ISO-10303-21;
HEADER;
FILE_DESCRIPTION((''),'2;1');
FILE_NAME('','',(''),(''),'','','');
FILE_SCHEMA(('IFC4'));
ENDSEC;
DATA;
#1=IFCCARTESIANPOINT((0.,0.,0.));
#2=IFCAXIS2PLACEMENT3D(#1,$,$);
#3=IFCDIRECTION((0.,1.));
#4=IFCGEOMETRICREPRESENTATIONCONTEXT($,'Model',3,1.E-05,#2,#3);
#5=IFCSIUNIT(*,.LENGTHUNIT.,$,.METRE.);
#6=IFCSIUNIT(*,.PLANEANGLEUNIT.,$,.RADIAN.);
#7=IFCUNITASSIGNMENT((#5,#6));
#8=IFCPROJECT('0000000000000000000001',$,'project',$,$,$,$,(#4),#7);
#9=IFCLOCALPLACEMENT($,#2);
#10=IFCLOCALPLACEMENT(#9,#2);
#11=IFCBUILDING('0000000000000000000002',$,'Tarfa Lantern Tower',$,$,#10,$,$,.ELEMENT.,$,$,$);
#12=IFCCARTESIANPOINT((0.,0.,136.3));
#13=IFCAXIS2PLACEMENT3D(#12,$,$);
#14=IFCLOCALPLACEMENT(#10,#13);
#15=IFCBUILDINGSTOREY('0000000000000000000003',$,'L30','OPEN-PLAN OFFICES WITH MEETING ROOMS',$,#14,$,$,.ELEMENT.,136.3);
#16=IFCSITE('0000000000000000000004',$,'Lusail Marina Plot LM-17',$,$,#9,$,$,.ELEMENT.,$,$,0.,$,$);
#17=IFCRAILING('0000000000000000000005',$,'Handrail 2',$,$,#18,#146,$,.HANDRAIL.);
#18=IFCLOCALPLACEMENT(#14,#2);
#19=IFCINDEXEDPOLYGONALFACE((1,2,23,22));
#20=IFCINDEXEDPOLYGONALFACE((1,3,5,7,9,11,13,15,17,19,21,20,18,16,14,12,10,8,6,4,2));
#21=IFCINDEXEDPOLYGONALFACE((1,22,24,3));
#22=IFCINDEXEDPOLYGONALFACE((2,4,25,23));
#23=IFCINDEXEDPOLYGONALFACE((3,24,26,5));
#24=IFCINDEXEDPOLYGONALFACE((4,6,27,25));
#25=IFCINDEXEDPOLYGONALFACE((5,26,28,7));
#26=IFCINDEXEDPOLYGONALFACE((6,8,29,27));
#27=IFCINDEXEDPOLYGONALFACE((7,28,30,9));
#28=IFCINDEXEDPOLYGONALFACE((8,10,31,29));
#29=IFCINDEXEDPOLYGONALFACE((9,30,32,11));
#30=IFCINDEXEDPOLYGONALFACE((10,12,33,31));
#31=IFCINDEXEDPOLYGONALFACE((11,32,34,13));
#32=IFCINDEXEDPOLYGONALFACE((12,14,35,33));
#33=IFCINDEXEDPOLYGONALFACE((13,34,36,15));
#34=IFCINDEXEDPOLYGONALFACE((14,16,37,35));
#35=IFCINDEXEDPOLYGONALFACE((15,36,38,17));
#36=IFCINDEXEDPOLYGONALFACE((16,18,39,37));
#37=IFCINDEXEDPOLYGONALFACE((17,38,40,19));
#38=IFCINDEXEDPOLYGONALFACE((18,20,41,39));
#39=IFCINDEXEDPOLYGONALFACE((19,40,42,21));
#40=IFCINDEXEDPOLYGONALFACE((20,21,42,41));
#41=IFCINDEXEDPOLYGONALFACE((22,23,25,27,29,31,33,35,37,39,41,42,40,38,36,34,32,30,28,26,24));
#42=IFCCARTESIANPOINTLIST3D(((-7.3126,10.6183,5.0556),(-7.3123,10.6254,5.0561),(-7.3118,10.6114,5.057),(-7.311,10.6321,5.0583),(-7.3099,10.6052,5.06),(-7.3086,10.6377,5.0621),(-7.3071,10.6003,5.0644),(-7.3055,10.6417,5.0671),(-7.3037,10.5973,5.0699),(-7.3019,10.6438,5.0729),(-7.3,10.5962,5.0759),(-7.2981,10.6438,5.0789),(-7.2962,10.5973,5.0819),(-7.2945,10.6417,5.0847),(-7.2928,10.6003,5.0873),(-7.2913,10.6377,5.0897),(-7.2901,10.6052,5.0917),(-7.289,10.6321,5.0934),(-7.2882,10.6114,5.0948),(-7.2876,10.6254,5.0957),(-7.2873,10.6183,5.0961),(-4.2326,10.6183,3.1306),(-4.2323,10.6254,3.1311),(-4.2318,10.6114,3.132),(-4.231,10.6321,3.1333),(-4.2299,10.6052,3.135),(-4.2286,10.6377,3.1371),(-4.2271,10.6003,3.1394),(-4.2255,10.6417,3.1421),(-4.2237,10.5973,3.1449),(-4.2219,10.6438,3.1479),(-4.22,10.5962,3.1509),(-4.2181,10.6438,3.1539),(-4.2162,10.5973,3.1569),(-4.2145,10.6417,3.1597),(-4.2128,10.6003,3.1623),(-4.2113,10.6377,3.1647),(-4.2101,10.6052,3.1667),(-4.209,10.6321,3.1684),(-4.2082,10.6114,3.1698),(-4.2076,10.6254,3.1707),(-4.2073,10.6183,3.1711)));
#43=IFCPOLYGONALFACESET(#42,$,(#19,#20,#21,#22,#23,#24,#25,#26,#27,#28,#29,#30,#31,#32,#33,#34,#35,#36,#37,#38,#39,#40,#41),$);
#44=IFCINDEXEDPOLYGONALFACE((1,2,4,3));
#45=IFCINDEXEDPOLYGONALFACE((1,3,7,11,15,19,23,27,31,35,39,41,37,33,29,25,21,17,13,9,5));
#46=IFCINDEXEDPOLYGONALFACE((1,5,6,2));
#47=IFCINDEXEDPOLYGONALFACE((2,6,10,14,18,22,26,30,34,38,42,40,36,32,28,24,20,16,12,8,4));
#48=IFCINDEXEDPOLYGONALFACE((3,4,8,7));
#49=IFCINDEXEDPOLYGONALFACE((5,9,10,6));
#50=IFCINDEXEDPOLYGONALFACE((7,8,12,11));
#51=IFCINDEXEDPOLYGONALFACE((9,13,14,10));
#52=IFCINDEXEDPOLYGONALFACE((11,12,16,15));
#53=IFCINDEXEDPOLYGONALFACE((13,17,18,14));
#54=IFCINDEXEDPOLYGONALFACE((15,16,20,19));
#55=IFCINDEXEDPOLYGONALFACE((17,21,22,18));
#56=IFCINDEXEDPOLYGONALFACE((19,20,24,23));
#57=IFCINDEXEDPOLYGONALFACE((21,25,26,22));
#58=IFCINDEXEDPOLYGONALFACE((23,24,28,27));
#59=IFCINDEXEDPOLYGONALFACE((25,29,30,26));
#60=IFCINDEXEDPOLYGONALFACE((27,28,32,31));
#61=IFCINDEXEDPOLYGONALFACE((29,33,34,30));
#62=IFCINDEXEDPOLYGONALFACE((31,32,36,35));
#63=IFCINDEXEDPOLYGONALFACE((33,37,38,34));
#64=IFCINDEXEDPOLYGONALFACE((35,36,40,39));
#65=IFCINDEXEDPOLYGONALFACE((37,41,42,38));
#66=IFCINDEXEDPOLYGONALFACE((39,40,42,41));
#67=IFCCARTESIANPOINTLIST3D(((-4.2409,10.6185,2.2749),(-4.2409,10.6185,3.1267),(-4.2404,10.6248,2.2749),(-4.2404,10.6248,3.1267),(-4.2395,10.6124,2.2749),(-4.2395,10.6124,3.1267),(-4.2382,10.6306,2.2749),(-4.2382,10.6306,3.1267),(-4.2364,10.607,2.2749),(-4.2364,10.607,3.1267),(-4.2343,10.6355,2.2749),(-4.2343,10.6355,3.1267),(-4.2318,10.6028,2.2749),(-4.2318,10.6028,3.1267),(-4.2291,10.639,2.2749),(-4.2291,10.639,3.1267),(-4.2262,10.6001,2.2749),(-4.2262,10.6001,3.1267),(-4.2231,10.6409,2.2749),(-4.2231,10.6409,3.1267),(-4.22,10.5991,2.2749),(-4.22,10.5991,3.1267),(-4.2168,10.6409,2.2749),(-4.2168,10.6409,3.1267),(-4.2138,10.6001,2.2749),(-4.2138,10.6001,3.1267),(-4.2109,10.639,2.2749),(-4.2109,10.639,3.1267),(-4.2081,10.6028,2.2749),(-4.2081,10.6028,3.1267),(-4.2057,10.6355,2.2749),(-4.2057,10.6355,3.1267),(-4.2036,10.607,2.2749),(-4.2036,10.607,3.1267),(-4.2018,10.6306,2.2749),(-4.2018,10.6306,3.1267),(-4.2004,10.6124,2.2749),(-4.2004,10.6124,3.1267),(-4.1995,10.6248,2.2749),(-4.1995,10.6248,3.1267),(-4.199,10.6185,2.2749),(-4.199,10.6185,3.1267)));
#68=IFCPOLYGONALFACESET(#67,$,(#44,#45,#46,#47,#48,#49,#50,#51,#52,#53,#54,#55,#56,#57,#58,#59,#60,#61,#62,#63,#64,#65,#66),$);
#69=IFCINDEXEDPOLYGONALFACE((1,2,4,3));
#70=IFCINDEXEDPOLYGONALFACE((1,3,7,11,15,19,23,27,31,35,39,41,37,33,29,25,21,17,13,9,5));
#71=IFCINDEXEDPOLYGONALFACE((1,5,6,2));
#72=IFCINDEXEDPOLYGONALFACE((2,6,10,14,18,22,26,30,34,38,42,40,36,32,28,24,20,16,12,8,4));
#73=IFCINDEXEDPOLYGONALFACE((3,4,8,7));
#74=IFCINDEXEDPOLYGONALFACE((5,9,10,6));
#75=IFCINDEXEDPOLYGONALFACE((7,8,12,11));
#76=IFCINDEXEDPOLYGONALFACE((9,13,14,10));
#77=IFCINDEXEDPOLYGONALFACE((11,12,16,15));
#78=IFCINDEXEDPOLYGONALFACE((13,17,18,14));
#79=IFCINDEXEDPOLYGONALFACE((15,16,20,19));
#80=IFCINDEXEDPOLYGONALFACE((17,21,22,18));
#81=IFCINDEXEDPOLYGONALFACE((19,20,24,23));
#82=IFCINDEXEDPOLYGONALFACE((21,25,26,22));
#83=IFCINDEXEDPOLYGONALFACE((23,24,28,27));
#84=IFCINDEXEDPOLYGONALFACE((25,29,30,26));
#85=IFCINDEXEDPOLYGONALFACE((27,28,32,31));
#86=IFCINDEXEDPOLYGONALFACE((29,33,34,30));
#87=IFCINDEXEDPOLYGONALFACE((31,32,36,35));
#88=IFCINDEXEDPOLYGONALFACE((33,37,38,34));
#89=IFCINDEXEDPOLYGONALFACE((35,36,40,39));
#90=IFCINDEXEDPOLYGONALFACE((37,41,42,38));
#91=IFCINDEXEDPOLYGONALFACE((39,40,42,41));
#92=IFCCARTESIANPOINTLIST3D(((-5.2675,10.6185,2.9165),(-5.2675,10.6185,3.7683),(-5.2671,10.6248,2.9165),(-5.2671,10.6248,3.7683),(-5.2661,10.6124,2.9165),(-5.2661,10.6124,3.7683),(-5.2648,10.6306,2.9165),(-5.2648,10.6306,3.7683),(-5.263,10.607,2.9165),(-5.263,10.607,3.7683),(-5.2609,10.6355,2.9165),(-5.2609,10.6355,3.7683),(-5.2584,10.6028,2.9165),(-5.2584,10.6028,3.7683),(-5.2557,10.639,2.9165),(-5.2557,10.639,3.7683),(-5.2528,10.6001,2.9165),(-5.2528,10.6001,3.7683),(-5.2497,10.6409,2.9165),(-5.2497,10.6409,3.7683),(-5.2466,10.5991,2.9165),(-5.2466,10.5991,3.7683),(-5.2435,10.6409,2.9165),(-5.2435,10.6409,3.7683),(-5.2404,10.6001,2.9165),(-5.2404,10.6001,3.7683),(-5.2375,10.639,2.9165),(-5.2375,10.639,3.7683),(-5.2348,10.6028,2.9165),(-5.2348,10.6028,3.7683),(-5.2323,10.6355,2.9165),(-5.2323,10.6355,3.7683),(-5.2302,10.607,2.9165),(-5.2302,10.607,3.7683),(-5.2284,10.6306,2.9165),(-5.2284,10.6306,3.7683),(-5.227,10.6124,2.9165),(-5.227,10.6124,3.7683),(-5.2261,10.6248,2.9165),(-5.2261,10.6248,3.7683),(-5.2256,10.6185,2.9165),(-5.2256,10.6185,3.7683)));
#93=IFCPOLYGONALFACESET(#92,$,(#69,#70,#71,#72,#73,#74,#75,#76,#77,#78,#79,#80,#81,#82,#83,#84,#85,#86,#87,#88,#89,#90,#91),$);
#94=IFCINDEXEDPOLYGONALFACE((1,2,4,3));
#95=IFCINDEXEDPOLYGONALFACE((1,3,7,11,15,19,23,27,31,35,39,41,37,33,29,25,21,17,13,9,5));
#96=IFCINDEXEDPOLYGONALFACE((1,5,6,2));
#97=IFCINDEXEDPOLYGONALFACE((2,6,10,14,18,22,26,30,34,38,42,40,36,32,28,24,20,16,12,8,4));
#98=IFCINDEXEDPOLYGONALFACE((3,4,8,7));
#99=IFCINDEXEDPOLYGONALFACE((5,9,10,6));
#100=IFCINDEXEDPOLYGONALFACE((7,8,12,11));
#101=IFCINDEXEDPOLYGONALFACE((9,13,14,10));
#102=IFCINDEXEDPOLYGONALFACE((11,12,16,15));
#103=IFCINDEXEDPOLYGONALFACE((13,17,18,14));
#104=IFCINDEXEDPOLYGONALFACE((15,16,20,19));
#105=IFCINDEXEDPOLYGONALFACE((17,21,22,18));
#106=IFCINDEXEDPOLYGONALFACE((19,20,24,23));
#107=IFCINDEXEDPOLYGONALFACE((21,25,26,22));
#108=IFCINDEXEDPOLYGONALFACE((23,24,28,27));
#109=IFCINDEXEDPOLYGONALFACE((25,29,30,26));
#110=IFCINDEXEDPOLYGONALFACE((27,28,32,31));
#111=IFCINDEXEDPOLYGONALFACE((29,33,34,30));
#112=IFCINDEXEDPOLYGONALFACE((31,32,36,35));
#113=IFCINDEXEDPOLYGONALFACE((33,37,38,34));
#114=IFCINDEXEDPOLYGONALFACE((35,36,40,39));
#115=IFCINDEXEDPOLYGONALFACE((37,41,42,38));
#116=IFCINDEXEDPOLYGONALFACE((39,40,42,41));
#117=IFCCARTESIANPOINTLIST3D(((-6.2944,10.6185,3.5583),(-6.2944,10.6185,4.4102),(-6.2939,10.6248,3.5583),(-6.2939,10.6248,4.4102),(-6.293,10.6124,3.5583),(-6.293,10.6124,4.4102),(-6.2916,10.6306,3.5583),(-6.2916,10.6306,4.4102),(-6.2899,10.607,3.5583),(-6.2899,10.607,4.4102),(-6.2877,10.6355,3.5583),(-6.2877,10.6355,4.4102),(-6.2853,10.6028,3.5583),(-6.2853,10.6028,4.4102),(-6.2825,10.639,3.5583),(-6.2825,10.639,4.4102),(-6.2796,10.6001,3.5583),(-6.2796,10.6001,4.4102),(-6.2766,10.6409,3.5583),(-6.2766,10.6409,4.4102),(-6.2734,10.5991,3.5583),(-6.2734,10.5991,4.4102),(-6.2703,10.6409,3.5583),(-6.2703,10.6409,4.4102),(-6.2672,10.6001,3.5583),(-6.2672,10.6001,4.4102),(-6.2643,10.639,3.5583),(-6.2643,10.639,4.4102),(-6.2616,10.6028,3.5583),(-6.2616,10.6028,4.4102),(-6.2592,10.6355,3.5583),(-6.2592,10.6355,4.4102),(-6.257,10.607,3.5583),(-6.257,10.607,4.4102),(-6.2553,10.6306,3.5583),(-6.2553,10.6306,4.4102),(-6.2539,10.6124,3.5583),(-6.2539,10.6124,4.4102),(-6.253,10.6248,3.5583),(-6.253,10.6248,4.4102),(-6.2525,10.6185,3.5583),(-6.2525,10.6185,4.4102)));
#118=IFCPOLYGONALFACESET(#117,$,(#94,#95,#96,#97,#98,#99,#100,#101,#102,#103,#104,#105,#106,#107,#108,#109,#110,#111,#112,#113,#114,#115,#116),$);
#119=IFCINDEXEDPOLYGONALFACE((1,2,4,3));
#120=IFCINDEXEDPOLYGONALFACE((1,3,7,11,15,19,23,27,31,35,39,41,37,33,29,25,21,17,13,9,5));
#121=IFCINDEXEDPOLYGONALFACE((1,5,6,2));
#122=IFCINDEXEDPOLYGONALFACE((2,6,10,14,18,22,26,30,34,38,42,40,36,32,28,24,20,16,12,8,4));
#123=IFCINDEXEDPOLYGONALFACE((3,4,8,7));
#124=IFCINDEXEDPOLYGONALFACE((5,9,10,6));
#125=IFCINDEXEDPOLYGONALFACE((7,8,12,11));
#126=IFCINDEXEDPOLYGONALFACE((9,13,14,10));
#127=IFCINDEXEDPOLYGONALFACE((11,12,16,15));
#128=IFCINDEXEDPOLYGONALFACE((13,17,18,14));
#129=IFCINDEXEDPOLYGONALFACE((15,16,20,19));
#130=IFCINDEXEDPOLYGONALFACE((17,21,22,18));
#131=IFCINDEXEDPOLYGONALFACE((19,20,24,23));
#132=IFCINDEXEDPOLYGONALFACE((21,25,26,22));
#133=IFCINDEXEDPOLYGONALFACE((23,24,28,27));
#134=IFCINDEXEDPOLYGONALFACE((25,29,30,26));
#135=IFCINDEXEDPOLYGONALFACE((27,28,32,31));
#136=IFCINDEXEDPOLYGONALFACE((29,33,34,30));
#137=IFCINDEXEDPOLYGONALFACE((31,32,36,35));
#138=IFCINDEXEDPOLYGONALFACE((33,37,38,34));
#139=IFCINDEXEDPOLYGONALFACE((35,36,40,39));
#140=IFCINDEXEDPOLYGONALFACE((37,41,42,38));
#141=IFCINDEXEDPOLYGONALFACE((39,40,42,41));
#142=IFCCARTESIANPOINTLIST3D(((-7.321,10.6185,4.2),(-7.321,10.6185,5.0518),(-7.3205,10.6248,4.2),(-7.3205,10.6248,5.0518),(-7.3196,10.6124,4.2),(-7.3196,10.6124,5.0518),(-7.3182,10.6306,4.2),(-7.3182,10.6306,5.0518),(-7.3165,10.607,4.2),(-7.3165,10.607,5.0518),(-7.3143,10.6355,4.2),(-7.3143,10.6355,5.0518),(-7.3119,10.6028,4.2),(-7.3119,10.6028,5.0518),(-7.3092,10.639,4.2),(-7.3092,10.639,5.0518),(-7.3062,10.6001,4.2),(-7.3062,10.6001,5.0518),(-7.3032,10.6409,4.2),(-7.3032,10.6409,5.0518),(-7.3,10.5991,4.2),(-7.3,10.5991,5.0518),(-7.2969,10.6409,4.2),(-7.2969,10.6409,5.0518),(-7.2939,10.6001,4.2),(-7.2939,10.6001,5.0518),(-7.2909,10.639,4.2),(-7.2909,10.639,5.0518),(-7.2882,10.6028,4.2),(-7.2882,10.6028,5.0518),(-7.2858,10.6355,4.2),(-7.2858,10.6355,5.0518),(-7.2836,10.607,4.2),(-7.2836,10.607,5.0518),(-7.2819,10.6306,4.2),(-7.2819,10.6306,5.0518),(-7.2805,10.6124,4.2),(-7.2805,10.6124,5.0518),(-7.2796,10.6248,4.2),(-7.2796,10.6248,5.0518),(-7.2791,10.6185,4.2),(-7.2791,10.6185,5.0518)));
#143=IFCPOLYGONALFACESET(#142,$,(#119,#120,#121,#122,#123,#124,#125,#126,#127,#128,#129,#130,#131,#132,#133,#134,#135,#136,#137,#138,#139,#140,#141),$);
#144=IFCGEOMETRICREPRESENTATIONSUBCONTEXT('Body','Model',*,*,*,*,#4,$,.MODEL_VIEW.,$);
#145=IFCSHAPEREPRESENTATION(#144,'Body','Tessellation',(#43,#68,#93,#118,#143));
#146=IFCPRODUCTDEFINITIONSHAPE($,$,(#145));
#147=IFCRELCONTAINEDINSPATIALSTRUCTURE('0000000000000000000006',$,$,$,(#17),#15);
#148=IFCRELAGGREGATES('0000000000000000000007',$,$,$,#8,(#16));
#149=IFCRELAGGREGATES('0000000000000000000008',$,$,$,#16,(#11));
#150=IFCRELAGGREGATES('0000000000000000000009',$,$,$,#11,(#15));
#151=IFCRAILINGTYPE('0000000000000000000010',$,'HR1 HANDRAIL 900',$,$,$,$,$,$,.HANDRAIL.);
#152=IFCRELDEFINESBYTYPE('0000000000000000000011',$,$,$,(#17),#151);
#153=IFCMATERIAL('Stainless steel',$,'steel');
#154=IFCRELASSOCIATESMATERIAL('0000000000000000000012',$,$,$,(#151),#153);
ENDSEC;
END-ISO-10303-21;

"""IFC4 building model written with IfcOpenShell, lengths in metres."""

from ifc_helpers import new_model, si_unit, direction, frame, origin, origin_2d, place, context, subcontext, project, spatial, circle, extrude, material, type_object, element, save


model = new_model("IFC4")

# Units and contexts
model_context = context("Model", 3, precision=1e-05, world=origin(), true_north=direction((0.0, 1.0)))
body_context = subcontext(model_context, "Body", "Model", "MODEL_VIEW")
ifc_project = project(units=[si_unit("LENGTHUNIT", "METRE"), si_unit("PLANEANGLEUNIT", "RADIAN")], contexts=[model_context])

# Site, building, storey
site_placement = place(None, origin())
site = spatial("IfcSite", under=ifc_project, at=site_placement, Name="Lusail Marina Plot LM-17", CompositionType="ELEMENT", RefElevation=0.0)
building_placement = place(site_placement, origin())
building = spatial("IfcBuilding", under=site, at=building_placement, Name="Tarfa Lantern Tower", CompositionType="ELEMENT")
storey_placement = place(building_placement, frame((0.0, 0.0, 136.3)))
storey = spatial("IfcBuildingStorey", under=building, at=storey_placement, Name="L30", Description="OPEN-PLAN OFFICES WITH MEETING ROOMS", CompositionType="ELEMENT", Elevation=136.3)

# Railing
ifc_material_1 = material(Name="Stainless steel", Category="steel")
railing_type = type_object("IfcRailingType", Name="HR1 HANDRAIL 900", PredefinedType="HANDRAIL", material=ifc_material_1)
railing_placement = place(storey_placement, frame((-4.22, 10.6201, 2.2749)))
element("IfcRailing", 1, at=railing_placement, inside=storey, type_object=railing_type, Name="Handrail 2", PredefinedType="HANDRAIL", context=body_context, shape_type="SweptSolid", body=[
    extrude(circle(Radius=0.0239, at=origin_2d()), frame((0.0, 0.0, 0.876), z_axis=(-0.847998, 0.0, 0.529999), x_axis=(0.0, -1.0, 0.0)), (0.0, 0.0, 1.0), 3.6321),
    extrude(circle(Radius=0.021, at=origin_2d()), frame((0.0, 0.0, 0.0), z_axis=(0.0, 0.0, 1.0), x_axis=(0.0, -1.0, 0.0)), (0.0, 0.0, 1.0), 0.8518),
    extrude(circle(Radius=0.021, at=origin_2d()), frame((-1.0266, 0.0, 0.6416), z_axis=(0.0, 0.0, 1.0), x_axis=(0.0, -1.0, 0.0)), (0.0, 0.0, 1.0), 0.8518),
    extrude(circle(Radius=0.021, at=origin_2d()), frame((-2.0535, 0.0, 1.2834), z_axis=(0.0, 0.0, 1.0), x_axis=(0.0, -1.0, 0.0)), (0.0, 0.0, 1.0), 0.8518),
    extrude(circle(Radius=0.021, at=origin_2d()), frame((-3.0801, 0.0, 1.925), z_axis=(0.0, 0.0, 1.0), x_axis=(0.0, -1.0, 0.0)), (0.0, 0.0, 1.0), 0.8518),
])

save(model, "model.ifc")
